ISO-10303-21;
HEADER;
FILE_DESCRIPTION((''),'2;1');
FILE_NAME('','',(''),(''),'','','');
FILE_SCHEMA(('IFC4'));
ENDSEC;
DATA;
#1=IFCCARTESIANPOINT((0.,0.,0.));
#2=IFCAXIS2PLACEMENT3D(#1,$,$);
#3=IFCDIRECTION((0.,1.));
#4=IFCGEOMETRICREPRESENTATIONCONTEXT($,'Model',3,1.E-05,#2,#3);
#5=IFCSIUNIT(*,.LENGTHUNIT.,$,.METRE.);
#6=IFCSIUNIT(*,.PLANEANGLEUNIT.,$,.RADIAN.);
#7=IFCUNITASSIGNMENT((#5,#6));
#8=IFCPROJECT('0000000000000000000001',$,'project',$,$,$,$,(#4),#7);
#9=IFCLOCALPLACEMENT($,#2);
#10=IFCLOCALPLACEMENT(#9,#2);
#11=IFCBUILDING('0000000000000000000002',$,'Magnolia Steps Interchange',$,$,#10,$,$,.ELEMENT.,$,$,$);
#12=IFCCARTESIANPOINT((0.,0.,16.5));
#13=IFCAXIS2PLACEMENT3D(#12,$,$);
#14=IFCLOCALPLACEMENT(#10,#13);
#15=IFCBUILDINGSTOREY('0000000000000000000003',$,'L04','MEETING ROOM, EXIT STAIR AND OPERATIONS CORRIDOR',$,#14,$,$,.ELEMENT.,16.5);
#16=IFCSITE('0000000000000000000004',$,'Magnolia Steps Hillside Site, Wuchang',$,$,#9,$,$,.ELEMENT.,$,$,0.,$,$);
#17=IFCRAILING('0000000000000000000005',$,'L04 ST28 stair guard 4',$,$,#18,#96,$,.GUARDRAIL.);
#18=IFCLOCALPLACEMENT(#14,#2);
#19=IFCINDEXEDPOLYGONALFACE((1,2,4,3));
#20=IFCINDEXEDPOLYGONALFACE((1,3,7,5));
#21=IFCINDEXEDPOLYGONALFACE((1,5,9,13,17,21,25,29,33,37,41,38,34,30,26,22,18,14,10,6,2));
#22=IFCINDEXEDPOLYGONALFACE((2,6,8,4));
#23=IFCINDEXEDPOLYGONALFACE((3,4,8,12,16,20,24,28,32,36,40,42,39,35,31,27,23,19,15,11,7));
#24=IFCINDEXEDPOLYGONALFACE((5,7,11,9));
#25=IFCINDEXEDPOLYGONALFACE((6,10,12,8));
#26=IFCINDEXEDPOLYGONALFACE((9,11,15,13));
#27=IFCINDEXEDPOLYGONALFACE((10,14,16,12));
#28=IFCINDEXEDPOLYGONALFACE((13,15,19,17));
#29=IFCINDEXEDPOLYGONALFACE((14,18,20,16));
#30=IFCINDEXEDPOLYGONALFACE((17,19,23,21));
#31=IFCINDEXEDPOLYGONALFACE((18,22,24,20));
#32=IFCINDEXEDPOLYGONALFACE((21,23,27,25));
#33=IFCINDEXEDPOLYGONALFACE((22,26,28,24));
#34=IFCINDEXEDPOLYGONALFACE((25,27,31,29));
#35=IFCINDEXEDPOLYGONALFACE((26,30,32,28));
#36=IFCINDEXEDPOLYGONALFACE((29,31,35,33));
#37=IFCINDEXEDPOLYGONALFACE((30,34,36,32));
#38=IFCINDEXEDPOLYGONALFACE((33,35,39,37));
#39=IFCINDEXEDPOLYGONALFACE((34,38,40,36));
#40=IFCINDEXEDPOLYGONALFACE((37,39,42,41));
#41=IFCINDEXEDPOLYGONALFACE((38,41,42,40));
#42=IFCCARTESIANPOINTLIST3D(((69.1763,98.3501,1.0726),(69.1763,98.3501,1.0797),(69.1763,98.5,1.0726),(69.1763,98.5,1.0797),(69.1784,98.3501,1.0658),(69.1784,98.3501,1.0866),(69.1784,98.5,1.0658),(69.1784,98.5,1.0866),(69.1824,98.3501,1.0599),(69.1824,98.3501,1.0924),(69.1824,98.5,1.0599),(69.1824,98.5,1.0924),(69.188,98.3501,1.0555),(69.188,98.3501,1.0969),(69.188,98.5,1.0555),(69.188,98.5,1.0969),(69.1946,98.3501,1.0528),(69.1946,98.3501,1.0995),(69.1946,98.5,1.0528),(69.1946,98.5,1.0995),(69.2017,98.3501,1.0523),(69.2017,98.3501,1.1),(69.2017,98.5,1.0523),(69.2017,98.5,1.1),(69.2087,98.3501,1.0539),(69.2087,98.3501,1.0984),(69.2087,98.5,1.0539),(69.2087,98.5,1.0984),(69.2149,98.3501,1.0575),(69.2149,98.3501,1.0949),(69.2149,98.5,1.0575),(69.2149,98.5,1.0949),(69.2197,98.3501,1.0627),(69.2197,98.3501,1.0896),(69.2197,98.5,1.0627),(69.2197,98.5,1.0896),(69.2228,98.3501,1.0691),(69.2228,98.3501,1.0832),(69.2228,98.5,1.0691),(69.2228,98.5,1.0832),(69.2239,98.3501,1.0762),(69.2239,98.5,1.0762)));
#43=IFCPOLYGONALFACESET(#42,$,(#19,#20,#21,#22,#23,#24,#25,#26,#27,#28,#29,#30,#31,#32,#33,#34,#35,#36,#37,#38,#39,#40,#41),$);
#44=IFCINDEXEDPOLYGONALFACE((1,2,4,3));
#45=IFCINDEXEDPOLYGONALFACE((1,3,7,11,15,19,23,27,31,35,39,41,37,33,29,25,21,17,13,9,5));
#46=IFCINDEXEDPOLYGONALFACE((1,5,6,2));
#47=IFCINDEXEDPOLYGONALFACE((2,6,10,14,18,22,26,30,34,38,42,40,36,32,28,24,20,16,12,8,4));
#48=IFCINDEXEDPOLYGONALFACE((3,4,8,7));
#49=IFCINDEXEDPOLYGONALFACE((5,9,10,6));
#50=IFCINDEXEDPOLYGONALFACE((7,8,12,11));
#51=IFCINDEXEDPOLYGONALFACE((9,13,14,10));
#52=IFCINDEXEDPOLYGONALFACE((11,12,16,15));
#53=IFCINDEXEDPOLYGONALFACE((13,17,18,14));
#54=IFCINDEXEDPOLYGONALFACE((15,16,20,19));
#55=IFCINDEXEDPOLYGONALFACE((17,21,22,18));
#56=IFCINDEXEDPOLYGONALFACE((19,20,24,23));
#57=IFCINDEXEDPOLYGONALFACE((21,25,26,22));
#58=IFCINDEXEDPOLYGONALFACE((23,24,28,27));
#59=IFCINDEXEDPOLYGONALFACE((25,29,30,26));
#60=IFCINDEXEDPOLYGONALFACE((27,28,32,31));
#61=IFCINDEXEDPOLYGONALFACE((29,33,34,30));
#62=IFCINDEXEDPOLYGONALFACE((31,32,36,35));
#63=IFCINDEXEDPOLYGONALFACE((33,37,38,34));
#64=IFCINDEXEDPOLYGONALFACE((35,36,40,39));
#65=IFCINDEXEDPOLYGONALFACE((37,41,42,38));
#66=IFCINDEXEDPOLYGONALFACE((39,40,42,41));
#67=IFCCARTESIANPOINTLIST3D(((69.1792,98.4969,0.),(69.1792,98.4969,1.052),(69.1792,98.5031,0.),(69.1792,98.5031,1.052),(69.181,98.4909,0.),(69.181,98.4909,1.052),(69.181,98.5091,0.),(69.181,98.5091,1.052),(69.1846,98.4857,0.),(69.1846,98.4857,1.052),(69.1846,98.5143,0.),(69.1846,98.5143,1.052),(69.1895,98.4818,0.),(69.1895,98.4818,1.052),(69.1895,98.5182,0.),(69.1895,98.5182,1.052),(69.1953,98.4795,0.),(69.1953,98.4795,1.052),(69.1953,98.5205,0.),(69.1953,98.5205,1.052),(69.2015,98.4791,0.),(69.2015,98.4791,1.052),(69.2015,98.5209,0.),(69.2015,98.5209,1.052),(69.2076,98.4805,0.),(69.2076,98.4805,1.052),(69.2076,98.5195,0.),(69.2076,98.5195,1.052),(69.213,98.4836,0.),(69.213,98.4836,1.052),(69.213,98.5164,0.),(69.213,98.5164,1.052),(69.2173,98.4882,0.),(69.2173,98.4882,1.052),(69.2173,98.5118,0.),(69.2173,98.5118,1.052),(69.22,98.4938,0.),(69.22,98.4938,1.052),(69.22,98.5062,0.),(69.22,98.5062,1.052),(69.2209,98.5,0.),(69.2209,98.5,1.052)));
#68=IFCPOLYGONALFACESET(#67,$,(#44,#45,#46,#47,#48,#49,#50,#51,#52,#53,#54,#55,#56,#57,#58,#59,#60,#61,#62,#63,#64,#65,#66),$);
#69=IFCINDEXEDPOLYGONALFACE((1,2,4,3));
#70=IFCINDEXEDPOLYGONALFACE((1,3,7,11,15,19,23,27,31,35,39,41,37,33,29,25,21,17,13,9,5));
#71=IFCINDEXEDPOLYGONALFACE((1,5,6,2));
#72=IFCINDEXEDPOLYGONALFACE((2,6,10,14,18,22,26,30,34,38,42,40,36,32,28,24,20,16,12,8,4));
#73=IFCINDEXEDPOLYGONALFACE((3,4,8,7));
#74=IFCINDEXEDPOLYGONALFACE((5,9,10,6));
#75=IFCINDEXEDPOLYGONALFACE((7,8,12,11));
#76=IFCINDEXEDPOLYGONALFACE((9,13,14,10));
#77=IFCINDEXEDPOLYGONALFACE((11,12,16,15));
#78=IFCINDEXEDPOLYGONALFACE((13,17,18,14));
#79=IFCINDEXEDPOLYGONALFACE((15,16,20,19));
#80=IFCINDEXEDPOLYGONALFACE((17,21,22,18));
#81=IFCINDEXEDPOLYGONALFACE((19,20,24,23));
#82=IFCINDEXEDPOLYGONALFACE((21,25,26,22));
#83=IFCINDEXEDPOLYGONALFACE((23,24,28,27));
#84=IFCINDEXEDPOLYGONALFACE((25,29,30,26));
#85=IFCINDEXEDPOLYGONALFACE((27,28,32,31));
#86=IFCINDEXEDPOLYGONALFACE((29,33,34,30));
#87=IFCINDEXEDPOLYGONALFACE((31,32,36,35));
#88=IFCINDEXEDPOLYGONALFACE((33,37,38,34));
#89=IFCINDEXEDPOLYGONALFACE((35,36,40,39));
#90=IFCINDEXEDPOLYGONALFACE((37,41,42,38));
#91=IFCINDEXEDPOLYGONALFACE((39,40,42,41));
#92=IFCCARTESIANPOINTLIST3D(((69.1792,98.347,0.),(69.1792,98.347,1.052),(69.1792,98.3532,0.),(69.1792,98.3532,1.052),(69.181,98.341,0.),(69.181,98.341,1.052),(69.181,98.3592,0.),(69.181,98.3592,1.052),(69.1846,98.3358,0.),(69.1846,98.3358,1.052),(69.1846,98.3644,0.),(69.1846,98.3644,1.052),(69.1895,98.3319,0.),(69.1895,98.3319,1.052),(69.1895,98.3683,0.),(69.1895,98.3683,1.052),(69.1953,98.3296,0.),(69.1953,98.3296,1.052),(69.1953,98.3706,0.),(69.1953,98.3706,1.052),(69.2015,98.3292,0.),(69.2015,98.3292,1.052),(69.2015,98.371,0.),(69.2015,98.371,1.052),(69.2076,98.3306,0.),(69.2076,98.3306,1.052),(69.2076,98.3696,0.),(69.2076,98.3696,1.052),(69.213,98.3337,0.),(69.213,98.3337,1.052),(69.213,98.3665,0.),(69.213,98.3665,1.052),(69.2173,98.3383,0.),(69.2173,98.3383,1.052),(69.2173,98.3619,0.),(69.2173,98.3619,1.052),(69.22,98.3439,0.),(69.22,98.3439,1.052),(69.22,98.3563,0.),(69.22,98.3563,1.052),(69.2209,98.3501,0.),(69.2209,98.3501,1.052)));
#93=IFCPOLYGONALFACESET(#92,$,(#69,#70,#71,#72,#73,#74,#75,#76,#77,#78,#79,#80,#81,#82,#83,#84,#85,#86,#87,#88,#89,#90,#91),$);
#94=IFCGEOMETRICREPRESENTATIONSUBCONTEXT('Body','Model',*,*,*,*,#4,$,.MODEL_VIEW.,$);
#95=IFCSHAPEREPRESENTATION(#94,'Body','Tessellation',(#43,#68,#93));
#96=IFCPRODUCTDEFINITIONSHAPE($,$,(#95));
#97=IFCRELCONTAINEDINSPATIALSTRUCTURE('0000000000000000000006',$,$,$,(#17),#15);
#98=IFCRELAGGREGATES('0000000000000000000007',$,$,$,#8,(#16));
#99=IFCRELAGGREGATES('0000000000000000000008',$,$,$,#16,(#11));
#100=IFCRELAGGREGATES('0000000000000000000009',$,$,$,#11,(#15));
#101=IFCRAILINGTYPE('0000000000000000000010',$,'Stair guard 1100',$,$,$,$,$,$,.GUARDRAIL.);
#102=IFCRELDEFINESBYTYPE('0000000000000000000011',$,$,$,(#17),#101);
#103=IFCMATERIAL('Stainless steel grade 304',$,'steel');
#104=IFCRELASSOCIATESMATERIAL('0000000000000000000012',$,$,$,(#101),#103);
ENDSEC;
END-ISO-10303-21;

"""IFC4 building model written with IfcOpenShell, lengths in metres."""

from ifc_helpers import new_model, si_unit, direction, frame, origin, origin_2d, place, context, subcontext, project, spatial, circle, extrude, material, type_object, element, save


model = new_model("IFC4")

# Units and contexts
model_context = context("Model", 3, precision=1e-05, world=origin(), true_north=direction((0.0, 1.0)))
body_context = subcontext(model_context, "Body", "Model", "MODEL_VIEW")
ifc_project = project(units=[si_unit("LENGTHUNIT", "METRE"), si_unit("PLANEANGLEUNIT", "RADIAN")], contexts=[model_context])

# Site, building, storey
site_placement = place(None, origin())
site = spatial("IfcSite", under=ifc_project, at=site_placement, Name="Magnolia Steps Hillside Site, Wuchang", CompositionType="ELEMENT", RefElevation=0.0)
building_placement = place(site_placement, origin())
building = spatial("IfcBuilding", under=site, at=building_placement, Name="Magnolia Steps Interchange", CompositionType="ELEMENT")
storey_placement = place(building_placement, frame((0.0, 0.0, 16.5)))
storey = spatial("IfcBuildingStorey", under=building, at=storey_placement, Name="L04", Description="MEETING ROOM, EXIT STAIR AND OPERATIONS CORRIDOR", CompositionType="ELEMENT", Elevation=16.5)

# Railing
ifc_material_1 = material(Name="Stainless steel grade 304", Category="steel")
railing_type_1 = type_object("IfcRailingType", Name="Stair guard 1100", PredefinedType="GUARDRAIL", material=ifc_material_1)
railing_1_placement = place(storey_placement, frame((69.2, 98.5, 0.0)))
element("IfcRailing", 1, at=railing_1_placement, inside=storey, type_object=railing_type_1, Name="L04 ST28 stair guard 4", PredefinedType="GUARDRAIL", context=body_context, shape_type="SweptSolid", body=[
    extrude(circle(Radius=0.0239, at=origin_2d()), frame((0.0, 0.0, 1.0762), z_axis=(0.0, -1.0, 0.0), x_axis=(1.0, 0.0, 0.0)), (0.0, 0.0, 1.0), 0.1499),
    extrude(circle(Radius=0.021, at=origin_2d()), origin(), (0.0, 0.0, 1.0), 1.052),
    extrude(circle(Radius=0.021, at=origin_2d()), frame((0.0, -0.1499, 0.0)), (0.0, 0.0, 1.0), 1.052),
])

save(model, "model.ifc")
